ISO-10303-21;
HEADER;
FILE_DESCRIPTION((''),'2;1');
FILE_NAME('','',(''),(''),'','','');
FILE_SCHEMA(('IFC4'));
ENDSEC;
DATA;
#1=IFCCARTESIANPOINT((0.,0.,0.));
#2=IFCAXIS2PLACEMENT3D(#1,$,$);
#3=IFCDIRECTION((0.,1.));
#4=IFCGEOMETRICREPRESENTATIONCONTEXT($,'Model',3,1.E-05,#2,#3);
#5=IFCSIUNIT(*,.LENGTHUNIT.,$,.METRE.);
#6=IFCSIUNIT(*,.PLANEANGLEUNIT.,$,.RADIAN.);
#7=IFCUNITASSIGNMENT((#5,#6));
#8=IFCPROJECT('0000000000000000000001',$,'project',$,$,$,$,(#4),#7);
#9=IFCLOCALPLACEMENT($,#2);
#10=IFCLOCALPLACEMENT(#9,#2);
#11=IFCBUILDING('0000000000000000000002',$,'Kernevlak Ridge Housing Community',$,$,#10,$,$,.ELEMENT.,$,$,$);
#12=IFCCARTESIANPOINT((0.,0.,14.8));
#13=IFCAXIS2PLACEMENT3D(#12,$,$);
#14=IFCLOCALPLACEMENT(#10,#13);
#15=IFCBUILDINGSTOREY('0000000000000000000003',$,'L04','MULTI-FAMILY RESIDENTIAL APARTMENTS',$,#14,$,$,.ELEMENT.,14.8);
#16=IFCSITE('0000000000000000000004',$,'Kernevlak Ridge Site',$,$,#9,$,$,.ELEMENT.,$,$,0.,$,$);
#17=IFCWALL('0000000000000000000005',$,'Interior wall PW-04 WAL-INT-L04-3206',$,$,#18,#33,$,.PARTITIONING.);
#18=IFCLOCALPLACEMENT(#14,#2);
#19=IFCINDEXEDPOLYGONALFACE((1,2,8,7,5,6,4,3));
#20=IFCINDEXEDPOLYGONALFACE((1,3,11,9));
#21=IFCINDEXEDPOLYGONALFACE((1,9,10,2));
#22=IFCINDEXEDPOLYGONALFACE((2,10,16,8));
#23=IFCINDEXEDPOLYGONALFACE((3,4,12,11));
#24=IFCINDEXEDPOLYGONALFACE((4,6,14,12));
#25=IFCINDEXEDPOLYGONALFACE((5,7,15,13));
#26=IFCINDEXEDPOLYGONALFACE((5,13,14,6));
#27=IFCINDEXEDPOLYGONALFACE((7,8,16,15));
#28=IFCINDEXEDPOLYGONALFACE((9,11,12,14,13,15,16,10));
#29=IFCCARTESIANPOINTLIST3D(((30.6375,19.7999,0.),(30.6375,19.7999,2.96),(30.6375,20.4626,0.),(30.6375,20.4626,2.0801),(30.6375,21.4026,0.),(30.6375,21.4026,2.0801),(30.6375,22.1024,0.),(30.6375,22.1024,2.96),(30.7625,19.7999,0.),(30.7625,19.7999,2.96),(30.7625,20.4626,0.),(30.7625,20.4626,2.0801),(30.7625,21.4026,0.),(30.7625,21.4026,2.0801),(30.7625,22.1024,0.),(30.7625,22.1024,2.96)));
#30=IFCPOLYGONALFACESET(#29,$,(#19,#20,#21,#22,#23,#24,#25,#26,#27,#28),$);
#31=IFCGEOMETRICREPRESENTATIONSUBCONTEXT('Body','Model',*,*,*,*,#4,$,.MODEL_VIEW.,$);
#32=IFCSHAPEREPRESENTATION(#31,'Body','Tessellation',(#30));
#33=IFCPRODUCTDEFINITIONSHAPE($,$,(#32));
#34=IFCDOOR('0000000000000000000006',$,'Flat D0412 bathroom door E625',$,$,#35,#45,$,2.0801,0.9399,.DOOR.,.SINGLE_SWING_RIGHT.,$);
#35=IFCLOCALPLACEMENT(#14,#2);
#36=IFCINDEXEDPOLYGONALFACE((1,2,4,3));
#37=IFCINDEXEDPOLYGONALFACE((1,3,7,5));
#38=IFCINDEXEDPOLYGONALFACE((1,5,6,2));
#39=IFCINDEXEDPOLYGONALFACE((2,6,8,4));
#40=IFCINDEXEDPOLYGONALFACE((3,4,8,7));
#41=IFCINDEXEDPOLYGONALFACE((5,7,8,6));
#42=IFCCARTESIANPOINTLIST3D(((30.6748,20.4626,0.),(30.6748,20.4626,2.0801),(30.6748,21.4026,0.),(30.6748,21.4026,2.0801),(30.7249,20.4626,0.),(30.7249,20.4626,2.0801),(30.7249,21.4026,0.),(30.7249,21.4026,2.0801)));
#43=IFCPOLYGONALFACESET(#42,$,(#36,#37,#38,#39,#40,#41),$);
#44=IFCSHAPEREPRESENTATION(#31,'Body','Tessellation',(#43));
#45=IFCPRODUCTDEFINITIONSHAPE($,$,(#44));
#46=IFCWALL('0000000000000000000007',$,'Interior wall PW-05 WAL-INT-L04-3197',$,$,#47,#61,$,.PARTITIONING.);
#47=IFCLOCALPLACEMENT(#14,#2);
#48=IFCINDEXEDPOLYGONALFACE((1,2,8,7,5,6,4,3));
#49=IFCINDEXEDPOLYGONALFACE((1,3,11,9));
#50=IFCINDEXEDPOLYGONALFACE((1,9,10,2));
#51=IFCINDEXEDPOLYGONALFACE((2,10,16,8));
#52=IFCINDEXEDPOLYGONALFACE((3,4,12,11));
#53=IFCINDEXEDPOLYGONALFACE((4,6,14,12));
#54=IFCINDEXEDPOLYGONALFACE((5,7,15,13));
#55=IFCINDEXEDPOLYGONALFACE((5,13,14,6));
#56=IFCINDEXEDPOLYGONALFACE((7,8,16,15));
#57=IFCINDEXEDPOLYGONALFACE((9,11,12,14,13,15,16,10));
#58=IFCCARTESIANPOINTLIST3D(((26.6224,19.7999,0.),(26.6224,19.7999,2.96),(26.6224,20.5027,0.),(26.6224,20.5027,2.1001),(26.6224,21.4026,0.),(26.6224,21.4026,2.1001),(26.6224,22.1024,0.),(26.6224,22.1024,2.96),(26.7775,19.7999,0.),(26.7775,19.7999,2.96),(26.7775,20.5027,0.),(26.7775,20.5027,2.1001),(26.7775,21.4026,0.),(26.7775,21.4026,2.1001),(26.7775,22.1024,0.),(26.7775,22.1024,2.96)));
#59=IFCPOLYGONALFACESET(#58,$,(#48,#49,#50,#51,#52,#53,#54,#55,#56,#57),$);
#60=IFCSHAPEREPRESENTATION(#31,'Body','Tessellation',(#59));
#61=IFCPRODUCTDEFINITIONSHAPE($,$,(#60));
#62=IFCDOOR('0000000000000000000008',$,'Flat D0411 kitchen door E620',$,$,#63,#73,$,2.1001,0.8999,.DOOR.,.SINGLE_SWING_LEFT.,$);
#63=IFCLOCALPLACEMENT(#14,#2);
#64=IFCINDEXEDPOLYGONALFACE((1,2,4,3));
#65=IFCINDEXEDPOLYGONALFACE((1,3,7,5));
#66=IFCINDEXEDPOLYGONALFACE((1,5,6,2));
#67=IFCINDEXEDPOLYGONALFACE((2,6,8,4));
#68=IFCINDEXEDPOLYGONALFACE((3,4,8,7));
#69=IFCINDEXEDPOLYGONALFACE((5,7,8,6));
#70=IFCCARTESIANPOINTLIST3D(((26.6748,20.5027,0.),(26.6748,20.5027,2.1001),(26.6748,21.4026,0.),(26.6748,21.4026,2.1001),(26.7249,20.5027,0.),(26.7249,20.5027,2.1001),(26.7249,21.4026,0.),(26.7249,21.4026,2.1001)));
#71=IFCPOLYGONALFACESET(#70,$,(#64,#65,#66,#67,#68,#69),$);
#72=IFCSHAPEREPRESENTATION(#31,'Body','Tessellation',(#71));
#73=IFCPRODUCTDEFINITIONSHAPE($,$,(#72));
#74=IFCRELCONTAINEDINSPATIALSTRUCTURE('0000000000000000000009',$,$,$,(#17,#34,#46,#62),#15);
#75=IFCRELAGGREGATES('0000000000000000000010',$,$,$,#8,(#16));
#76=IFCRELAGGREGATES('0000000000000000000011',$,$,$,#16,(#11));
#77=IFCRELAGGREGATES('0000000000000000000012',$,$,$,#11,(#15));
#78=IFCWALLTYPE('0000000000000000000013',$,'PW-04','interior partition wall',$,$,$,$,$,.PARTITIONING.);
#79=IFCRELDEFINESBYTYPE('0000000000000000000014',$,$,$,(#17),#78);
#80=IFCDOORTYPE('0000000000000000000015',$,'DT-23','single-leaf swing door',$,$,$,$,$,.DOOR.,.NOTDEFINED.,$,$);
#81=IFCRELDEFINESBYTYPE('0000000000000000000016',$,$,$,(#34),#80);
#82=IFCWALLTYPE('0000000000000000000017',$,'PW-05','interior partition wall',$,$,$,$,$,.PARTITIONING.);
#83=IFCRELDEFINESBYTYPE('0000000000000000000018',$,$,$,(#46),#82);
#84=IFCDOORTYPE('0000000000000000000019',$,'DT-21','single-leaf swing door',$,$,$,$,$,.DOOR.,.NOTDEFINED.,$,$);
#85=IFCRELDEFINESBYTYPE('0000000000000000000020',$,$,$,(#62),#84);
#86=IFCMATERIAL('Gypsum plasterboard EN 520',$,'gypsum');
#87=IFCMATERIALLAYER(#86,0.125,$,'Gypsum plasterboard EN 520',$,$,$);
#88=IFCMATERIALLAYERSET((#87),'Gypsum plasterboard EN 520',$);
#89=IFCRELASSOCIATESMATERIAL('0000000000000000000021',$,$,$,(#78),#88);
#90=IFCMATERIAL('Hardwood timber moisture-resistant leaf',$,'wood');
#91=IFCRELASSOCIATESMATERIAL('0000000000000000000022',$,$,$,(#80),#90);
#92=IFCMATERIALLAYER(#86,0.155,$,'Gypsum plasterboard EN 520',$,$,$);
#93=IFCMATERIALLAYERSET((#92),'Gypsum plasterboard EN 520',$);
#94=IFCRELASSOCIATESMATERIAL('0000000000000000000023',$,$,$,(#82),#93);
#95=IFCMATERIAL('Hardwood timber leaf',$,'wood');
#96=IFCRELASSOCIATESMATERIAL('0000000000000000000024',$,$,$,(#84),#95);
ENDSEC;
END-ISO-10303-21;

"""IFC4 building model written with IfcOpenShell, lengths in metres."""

from ifc_helpers import new_model, si_unit, direction, frame, frame_2d, origin, place, context, subcontext, project, spatial, rectangle, extrude, material, layer, layer_set, type_object, element, fill, save


model = new_model("IFC4")

# Units and contexts
model_context = context("Model", 3, precision=1e-05, world=origin(), true_north=direction((0.0, 1.0)))
body_context = subcontext(model_context, "Body", "Model", "MODEL_VIEW")
ifc_project = project(units=[si_unit("LENGTHUNIT", "METRE"), si_unit("PLANEANGLEUNIT", "RADIAN")], contexts=[model_context])

# Site, building, storey
site_placement = place(None, origin())
site = spatial("IfcSite", under=ifc_project, at=site_placement, Name="Kernevlak Ridge Site", CompositionType="ELEMENT", RefElevation=0.0)
building_placement = place(site_placement, origin())
building = spatial("IfcBuilding", under=site, at=building_placement, Name="Kernevlak Ridge Housing Community", CompositionType="ELEMENT")
storey_placement = place(building_placement, frame((0.0, 0.0, 14.8)))
storey = spatial("IfcBuildingStorey", under=building, at=storey_placement, Name="L04", Description="MULTI-FAMILY RESIDENTIAL APARTMENTS", CompositionType="ELEMENT", Elevation=14.8)

# Walls, openings, doors
ifc_material_1 = material(Name="Gypsum plasterboard EN 520", Category="gypsum")
ifc_layer_1 = layer(ifc_material_1, 0.125, Name="Gypsum plasterboard EN 520")
ifc_layer_set_1 = layer_set([ifc_layer_1], Name="Gypsum plasterboard EN 520")
wall_type_1 = type_object("IfcWallType", Name="PW-04", Description="interior partition wall", PredefinedType="PARTITIONING", material=ifc_layer_set_1)
wall_1_placement = place(storey_placement, frame((30.7, 22.1025, 0.0), z_axis=(0.0, 0.0, 1.0), x_axis=(0.0, -1.0, 0.0)))
wall_1 = element("IfcWall", 1, at=wall_1_placement, inside=storey, type_object=wall_type_1, Name="Interior wall PW-04 WAL-INT-L04-3206", PredefinedType="PARTITIONING", context=body_context, shape_type="SweptSolid", body=[
    extrude(rectangle(XDim=2.3025, YDim=0.125, at=frame_2d((1.1514, 0.0))), origin(), (0.0, 0.0, 1.0), 2.96),
])
opening_1_placement = place(wall_1_placement, frame((0.7, 0.0, 0.0)))
opening_1 = element("IfcOpeningElement", 2, at=opening_1_placement, cuts=wall_1, PredefinedType="OPENING", context=body_context, shape_type="SweptSolid", body=[
    extrude(rectangle(XDim=0.9399, YDim=2.0801, at=frame_2d((0.47, 1.04))), frame((0.0, 0.0725, 0.0), z_axis=(0.0, -1.0, 0.0), x_axis=(1.0, 0.0, 0.0)), (0.0, 0.0, 1.0), 0.145),
])
ifc_material_2 = material(Name="Hardwood timber moisture-resistant leaf", Category="wood")
door_type_1 = type_object("IfcDoorType", Name="DT-23", Description="single-leaf swing door", OperationType="NOTDEFINED", PredefinedType="DOOR", material=ifc_material_2)
door_1_placement = place(opening_1_placement, origin())
door_1 = element("IfcDoor", 3, at=door_1_placement, inside=storey, type_object=door_type_1, Name="Flat D0412 bathroom door E625", OperationType="SINGLE_SWING_RIGHT", OverallHeight=2.0801, OverallWidth=0.9399, PredefinedType="DOOR", context=body_context, shape_type="SweptSolid", body=[
    extrude(rectangle(XDim=0.9399, YDim=2.0801, at=frame_2d((0.47, 1.04))), frame((0.0, 0.0249, 0.0), z_axis=(0.0, -1.0, 0.0), x_axis=(1.0, 0.0, 0.0)), (0.0, 0.0, 1.0), 0.05),
])
fill(opening_1, door_1)
ifc_layer_2 = layer(ifc_material_1, 0.155, Name="Gypsum plasterboard EN 520")
ifc_layer_set_2 = layer_set([ifc_layer_2], Name="Gypsum plasterboard EN 520")
wall_type_2 = type_object("IfcWallType", Name="PW-05", Description="interior partition wall", PredefinedType="PARTITIONING", material=ifc_layer_set_2)
wall_2_placement = place(storey_placement, frame((26.7, 22.1025, 0.0), z_axis=(0.0, 0.0, 1.0), x_axis=(0.0, -1.0, 0.0)))
wall_2 = element("IfcWall", 4, at=wall_2_placement, inside=storey, type_object=wall_type_2, Name="Interior wall PW-05 WAL-INT-L04-3197", PredefinedType="PARTITIONING", context=body_context, shape_type="SweptSolid", body=[
    extrude(rectangle(XDim=2.3025, YDim=0.155, at=frame_2d((1.1514, 0.0))), origin(), (0.0, 0.0, 1.0), 2.96),
])
opening_2_placement = place(wall_2_placement, frame((0.7, 0.0, 0.0)))
opening_2 = element("IfcOpeningElement", 5, at=opening_2_placement, cuts=wall_2, PredefinedType="OPENING", context=body_context, shape_type="SweptSolid", body=[
    extrude(rectangle(XDim=0.8999, YDim=2.1001, at=frame_2d((0.45, 1.05))), frame((0.0, 0.0874, 0.0), z_axis=(0.0, -1.0, 0.0), x_axis=(1.0, 0.0, 0.0)), (0.0, 0.0, 1.0), 0.175),
])
ifc_material_3 = material(Name="Hardwood timber leaf", Category="wood")
door_type_2 = type_object("IfcDoorType", Name="DT-21", Description="single-leaf swing door", OperationType="NOTDEFINED", PredefinedType="DOOR", material=ifc_material_3)
door_2_placement = place(opening_2_placement, origin())
door_2 = element("IfcDoor", 6, at=door_2_placement, inside=storey, type_object=door_type_2, Name="Flat D0411 kitchen door E620", OperationType="SINGLE_SWING_LEFT", OverallHeight=2.1001, OverallWidth=0.8999, PredefinedType="DOOR", context=body_context, shape_type="SweptSolid", body=[
    extrude(rectangle(XDim=0.8999, YDim=2.1001, at=frame_2d((0.45, 1.05))), frame((0.0, 0.0249, 0.0), z_axis=(0.0, -1.0, 0.0), x_axis=(1.0, 0.0, 0.0)), (0.0, 0.0, 1.0), 0.05),
])
fill(opening_2, door_2)

save(model, "model.ifc")
